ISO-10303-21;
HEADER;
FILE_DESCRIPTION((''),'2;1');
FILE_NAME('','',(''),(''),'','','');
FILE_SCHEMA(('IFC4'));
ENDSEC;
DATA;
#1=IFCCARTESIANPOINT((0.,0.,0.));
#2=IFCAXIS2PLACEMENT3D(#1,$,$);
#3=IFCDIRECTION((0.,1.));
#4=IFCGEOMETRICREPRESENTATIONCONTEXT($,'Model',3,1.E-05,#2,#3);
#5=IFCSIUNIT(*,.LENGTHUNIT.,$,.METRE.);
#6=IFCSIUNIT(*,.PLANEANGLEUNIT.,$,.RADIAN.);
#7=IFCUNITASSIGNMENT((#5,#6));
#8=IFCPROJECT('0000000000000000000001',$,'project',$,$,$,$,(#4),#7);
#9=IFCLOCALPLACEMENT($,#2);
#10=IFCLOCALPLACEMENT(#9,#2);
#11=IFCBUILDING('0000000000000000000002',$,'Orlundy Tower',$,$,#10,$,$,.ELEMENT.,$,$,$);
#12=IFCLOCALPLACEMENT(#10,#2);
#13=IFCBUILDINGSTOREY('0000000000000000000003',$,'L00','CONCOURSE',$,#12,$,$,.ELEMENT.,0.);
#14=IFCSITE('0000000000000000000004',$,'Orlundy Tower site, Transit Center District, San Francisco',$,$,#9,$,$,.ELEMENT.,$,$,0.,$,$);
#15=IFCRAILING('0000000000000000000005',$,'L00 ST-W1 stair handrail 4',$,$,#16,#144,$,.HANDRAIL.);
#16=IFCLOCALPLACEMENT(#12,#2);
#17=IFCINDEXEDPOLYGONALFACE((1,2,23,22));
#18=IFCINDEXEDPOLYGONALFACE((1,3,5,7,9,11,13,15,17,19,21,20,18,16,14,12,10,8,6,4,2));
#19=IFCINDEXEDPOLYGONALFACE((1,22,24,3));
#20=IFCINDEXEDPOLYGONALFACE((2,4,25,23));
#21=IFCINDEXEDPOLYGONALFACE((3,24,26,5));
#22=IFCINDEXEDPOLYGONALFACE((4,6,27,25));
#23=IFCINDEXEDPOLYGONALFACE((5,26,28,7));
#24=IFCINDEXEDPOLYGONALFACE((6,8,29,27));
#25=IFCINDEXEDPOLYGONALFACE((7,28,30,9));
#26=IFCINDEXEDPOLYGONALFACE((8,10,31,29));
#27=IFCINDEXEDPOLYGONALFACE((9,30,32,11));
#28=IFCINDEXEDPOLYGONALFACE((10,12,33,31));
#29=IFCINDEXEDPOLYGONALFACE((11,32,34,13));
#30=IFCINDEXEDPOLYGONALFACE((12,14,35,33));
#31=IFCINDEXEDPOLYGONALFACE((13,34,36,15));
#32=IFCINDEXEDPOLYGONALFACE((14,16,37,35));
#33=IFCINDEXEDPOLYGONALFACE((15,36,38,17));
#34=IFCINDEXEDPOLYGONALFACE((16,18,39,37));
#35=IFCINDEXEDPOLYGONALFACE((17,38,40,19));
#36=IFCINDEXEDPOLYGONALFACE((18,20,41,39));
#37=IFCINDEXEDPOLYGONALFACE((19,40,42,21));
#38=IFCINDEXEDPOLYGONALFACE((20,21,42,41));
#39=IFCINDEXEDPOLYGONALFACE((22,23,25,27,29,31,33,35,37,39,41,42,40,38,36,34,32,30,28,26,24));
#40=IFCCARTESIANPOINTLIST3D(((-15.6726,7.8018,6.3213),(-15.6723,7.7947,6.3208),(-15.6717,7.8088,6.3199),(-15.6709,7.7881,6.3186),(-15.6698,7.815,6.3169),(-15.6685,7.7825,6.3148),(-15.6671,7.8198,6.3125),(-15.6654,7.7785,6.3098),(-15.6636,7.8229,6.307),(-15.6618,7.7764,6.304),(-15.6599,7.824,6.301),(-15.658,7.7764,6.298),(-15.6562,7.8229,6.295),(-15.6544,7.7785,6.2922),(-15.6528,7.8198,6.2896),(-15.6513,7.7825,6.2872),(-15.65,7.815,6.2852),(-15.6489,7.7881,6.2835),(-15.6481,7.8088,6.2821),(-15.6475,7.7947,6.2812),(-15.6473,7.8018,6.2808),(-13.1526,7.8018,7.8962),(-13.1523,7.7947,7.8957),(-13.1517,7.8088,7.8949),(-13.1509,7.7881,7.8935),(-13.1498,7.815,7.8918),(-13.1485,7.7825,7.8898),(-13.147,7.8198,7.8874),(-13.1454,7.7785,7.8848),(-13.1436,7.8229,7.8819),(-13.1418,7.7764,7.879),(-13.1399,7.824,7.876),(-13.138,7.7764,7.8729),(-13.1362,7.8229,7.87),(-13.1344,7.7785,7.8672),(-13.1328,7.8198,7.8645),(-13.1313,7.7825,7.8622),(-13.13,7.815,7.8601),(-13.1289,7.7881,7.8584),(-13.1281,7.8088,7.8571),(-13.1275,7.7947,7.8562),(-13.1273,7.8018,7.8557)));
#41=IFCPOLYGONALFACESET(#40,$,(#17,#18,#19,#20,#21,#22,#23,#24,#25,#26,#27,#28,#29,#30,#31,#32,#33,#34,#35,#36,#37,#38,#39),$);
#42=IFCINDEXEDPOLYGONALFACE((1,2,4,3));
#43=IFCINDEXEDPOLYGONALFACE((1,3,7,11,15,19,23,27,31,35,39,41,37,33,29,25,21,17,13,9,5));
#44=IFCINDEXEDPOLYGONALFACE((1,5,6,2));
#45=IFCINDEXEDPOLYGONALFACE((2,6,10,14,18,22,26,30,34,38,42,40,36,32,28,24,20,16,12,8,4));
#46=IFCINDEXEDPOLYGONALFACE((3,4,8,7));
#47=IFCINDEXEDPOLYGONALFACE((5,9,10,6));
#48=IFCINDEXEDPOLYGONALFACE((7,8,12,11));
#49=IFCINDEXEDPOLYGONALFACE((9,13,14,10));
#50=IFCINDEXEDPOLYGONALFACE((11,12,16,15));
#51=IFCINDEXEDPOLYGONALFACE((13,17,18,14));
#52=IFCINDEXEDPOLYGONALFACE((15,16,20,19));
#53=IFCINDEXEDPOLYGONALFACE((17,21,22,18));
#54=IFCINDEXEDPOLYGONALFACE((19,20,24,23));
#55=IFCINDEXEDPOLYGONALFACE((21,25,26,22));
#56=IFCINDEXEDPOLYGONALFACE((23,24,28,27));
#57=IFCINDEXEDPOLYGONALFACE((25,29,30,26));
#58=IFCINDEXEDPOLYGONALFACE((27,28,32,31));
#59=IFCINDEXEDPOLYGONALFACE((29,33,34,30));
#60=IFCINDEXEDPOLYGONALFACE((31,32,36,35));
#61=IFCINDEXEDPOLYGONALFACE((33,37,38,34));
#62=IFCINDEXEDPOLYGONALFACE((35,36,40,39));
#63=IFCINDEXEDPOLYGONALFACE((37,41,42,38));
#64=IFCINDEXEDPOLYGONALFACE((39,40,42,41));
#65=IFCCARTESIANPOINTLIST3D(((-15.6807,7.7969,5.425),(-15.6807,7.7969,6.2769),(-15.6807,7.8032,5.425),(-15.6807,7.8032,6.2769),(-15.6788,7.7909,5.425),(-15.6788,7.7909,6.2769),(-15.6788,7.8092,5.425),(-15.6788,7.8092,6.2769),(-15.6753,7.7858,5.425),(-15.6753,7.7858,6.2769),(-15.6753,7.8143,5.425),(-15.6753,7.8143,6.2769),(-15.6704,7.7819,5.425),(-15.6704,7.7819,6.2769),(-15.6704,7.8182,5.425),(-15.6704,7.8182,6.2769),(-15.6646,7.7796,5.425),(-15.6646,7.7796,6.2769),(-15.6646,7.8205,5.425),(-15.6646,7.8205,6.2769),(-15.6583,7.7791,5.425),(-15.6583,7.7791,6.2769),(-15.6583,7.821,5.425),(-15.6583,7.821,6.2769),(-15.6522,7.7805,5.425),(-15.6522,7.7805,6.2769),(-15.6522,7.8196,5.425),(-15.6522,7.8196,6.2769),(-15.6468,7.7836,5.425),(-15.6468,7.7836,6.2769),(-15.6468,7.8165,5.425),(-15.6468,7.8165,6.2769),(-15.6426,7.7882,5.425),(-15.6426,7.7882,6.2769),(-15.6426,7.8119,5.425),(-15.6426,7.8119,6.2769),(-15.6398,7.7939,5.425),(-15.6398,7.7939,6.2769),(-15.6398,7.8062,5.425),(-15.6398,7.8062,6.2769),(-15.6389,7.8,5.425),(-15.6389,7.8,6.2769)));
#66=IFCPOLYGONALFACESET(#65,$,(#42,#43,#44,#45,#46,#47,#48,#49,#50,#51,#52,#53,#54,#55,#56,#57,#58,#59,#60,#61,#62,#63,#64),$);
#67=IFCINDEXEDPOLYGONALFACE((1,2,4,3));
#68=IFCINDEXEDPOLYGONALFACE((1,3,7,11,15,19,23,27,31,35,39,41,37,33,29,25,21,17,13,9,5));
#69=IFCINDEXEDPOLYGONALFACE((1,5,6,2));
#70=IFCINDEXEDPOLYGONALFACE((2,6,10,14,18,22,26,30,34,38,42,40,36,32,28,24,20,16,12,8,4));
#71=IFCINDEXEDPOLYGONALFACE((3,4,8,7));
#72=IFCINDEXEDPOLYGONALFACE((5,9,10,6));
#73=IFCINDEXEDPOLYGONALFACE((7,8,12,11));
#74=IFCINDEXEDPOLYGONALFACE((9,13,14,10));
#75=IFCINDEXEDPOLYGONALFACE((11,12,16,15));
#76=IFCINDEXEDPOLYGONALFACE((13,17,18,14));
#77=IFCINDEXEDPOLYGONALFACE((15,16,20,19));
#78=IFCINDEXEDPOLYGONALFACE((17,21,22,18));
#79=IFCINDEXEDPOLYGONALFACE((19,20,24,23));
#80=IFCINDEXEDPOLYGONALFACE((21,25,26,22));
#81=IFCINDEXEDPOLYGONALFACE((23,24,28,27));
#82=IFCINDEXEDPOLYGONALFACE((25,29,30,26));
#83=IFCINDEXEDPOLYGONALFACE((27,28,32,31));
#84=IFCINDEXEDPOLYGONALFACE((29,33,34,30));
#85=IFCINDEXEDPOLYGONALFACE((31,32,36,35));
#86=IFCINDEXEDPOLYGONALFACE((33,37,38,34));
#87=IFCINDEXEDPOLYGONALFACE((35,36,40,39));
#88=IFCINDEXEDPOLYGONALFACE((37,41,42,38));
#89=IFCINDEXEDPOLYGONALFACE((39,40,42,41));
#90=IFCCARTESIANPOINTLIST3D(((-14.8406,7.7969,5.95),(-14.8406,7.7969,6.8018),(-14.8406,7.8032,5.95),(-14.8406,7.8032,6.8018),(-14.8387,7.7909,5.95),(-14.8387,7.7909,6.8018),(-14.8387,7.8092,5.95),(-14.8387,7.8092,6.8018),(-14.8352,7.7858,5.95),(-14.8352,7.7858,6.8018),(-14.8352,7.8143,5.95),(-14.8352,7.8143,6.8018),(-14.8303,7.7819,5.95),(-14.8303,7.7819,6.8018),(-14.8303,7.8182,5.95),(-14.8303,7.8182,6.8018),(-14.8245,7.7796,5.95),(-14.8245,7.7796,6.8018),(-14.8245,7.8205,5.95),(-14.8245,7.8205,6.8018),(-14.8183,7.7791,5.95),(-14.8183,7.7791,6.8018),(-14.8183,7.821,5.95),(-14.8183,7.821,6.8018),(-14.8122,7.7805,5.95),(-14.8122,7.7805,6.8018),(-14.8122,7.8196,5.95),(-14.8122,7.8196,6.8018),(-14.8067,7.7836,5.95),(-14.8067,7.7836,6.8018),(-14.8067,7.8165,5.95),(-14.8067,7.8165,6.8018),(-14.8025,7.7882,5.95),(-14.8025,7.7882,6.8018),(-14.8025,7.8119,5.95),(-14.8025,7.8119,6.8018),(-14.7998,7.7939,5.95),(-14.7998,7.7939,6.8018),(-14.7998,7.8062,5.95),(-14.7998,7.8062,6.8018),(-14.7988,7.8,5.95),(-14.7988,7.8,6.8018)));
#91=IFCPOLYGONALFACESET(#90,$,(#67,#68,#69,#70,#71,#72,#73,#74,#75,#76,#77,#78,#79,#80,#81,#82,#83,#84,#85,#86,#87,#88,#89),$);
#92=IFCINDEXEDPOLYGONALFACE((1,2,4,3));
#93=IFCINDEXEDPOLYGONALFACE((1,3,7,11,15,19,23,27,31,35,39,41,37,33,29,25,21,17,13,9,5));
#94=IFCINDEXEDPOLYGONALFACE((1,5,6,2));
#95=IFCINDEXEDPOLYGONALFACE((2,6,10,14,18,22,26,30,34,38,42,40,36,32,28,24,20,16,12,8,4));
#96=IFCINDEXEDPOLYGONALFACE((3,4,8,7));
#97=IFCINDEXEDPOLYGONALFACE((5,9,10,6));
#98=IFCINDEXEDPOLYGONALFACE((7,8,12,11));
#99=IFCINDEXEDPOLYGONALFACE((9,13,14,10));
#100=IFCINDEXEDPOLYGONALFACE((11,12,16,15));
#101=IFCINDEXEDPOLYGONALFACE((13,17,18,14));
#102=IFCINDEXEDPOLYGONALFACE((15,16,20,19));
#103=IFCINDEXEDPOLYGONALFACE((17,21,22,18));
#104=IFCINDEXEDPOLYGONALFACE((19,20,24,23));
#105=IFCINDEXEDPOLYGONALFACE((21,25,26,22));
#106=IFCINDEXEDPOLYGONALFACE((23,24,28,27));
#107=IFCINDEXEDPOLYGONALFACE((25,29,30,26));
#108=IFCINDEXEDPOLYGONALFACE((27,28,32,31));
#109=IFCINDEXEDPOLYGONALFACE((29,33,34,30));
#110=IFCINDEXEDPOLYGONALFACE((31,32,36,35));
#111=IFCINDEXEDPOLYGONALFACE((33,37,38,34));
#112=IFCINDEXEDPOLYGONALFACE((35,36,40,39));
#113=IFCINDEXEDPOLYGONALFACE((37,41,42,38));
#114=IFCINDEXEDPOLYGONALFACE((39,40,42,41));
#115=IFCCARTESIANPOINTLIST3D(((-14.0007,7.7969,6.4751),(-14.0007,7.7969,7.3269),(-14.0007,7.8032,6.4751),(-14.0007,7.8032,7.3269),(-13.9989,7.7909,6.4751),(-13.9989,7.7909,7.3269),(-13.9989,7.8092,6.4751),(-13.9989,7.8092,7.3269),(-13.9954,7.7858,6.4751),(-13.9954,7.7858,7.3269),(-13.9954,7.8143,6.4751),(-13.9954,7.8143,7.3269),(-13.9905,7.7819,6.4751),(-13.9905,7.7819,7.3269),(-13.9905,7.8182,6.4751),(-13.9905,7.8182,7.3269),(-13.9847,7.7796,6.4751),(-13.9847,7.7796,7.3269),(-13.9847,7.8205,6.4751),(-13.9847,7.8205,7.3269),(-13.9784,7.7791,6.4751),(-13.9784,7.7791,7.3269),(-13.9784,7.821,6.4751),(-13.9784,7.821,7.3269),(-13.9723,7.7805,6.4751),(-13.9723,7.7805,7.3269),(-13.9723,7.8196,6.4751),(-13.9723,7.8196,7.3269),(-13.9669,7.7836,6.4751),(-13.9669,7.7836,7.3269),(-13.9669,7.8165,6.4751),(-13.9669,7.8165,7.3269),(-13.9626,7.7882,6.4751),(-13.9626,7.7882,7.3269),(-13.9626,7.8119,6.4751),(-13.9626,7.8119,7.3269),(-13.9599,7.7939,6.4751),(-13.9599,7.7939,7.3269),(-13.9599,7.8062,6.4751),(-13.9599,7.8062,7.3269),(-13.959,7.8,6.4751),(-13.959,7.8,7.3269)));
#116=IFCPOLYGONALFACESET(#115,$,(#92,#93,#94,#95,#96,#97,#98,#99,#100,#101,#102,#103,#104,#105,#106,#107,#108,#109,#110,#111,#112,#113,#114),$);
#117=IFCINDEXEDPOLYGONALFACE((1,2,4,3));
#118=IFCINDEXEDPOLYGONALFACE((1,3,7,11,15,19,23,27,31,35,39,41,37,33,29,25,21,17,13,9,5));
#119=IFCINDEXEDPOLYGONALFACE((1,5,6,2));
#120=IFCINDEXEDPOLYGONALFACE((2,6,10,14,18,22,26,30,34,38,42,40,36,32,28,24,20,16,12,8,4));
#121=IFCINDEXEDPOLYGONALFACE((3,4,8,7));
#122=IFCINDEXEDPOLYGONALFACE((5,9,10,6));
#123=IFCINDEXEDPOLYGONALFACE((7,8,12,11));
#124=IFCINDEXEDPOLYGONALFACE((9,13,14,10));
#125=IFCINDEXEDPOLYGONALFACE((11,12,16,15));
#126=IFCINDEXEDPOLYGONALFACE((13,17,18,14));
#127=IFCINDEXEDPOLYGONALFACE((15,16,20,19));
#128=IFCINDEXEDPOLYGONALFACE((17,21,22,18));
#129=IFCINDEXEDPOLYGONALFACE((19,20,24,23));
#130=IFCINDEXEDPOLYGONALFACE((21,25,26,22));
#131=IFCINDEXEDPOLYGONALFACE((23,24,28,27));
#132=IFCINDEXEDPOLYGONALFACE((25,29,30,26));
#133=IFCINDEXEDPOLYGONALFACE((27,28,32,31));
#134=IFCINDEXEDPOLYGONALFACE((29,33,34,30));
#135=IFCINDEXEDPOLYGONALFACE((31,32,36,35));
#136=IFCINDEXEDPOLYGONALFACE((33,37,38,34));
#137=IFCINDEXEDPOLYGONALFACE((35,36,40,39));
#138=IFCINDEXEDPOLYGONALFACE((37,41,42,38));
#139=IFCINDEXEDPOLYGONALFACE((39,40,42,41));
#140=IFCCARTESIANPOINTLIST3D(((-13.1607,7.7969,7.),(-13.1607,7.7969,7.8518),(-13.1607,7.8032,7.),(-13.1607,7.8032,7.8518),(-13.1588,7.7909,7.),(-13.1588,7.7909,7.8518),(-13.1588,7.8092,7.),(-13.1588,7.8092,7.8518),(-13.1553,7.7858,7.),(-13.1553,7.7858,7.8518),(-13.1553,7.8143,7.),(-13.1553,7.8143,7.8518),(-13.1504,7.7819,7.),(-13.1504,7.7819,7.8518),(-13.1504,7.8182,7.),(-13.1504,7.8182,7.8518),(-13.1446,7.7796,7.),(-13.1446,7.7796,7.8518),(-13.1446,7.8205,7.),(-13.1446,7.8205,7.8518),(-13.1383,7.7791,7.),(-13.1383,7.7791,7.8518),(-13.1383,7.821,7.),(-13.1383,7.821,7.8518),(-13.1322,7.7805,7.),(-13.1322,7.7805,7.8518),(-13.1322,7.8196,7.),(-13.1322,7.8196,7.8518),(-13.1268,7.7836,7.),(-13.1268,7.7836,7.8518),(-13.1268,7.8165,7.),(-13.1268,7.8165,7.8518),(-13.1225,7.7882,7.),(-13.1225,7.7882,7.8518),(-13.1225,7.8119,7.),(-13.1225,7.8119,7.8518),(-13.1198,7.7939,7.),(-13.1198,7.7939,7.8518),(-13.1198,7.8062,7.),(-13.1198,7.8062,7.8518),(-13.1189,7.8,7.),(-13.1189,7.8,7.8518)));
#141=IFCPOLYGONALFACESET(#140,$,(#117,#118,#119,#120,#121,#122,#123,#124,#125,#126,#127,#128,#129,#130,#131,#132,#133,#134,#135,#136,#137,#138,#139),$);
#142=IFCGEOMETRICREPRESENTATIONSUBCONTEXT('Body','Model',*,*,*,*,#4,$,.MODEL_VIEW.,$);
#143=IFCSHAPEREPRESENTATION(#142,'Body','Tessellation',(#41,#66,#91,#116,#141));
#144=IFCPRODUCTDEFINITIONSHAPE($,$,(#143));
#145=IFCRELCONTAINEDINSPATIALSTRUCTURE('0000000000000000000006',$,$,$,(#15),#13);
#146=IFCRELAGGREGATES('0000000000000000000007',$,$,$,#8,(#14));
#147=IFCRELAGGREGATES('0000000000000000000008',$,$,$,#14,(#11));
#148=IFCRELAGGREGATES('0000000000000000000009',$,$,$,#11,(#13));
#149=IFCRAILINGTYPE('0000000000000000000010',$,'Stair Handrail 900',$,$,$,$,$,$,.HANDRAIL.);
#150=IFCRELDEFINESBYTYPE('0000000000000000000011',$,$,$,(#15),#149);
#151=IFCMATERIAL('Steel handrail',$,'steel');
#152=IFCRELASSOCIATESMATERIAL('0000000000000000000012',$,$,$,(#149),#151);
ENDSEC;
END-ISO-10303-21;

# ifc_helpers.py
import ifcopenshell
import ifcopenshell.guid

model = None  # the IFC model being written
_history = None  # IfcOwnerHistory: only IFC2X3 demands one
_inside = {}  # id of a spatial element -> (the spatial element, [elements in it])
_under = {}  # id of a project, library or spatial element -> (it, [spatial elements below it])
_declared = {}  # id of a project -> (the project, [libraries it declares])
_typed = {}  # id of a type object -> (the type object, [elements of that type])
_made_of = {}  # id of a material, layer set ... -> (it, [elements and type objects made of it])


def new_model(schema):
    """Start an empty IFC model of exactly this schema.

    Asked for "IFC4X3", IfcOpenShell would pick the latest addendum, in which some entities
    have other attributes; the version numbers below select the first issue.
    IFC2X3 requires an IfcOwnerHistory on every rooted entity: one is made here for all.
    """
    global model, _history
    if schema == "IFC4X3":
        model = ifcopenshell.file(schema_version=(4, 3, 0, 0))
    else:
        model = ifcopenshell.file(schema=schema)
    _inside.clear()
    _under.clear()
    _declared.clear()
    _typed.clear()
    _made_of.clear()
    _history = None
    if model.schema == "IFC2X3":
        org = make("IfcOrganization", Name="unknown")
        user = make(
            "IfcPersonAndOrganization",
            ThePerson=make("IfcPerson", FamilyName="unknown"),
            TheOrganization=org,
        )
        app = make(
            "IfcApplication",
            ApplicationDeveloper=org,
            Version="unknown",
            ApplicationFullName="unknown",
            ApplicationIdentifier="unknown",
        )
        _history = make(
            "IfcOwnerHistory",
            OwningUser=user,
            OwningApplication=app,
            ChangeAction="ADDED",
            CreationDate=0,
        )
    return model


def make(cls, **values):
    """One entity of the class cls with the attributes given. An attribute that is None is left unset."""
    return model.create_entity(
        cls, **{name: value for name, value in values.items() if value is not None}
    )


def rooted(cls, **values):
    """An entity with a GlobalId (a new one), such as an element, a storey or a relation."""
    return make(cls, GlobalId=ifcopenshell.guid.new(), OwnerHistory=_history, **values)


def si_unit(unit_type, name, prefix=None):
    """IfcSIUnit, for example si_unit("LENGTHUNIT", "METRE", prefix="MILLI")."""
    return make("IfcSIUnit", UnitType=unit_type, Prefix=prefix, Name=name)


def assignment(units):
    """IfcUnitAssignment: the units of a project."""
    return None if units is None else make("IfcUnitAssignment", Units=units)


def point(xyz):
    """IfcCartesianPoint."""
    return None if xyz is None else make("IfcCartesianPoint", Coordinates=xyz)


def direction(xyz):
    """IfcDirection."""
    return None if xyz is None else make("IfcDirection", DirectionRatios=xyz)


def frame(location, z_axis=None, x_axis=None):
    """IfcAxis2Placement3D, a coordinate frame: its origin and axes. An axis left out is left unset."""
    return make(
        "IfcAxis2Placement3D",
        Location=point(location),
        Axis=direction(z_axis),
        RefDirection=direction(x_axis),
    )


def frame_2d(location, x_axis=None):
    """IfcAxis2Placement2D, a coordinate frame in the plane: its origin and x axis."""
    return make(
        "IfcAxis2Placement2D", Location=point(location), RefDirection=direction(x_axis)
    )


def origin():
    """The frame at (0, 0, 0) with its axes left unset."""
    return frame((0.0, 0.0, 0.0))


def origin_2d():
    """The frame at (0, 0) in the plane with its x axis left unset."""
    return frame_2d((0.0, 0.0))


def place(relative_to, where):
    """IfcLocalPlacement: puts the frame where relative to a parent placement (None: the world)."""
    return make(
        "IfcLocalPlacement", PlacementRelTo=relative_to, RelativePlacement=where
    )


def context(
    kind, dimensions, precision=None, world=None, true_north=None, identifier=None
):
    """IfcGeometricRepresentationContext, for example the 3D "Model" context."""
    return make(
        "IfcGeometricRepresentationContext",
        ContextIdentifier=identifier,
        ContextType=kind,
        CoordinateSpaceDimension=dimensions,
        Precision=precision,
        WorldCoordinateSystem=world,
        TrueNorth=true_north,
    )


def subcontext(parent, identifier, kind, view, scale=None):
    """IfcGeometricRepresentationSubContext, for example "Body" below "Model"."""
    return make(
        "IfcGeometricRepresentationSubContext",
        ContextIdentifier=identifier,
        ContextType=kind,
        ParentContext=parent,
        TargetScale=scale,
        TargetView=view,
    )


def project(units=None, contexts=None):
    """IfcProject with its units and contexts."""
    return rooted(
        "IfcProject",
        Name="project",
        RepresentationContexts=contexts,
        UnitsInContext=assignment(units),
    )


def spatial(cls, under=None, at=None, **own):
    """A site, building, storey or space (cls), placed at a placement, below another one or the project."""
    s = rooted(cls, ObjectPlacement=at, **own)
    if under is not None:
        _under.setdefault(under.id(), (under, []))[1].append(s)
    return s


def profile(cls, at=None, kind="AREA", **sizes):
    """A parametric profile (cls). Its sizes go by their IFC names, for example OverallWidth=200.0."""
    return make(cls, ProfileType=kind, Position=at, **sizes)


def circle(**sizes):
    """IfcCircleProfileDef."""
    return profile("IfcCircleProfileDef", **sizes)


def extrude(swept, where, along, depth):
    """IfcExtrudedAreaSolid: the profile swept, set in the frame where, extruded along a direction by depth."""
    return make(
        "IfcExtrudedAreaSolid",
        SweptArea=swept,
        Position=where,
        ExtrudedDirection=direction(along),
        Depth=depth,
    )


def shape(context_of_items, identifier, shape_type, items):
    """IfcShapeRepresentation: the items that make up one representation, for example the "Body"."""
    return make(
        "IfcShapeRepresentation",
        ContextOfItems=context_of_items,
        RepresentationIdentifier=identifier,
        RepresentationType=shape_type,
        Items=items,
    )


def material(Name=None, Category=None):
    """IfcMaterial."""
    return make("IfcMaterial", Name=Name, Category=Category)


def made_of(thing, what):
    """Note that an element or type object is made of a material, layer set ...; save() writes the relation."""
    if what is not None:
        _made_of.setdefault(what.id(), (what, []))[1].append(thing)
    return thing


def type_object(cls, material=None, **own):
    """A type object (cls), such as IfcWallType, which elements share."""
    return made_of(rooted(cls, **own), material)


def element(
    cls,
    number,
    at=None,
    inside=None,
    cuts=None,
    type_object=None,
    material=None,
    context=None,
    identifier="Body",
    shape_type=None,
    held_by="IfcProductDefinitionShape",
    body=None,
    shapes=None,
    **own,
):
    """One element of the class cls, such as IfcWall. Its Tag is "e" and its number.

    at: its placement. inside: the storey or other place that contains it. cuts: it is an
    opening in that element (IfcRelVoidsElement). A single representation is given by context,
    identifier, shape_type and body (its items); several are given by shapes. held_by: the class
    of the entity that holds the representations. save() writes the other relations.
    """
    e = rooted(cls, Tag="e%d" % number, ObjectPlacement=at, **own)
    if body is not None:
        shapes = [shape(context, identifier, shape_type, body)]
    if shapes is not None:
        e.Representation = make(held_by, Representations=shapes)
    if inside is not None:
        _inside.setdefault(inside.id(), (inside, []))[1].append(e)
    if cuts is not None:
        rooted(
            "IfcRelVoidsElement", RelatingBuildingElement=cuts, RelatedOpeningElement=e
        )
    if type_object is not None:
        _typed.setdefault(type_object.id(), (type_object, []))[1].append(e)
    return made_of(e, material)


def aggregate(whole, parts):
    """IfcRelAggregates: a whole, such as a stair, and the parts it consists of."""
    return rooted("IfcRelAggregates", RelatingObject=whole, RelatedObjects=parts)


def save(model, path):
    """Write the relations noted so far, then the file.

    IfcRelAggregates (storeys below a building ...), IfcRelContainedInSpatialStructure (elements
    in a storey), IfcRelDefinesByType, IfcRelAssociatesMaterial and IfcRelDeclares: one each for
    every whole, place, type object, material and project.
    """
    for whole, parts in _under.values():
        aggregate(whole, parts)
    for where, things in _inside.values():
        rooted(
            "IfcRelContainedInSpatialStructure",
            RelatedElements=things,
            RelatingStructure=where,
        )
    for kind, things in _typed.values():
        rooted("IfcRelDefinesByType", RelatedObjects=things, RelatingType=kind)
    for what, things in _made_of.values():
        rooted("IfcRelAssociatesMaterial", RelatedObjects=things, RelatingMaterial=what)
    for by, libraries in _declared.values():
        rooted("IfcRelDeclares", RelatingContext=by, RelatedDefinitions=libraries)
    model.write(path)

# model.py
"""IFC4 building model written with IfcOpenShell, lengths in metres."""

from ifc_helpers import new_model, si_unit, direction, frame, origin, origin_2d, place, context, subcontext, project, spatial, circle, extrude, material, type_object, element, save


model = new_model("IFC4")

# Units and contexts
model_context = context("Model", 3, precision=1e-05, world=origin(), true_north=direction((0.0, 1.0)))
body_context = subcontext(model_context, "Body", "Model", "MODEL_VIEW")
ifc_project = project(units=[si_unit("LENGTHUNIT", "METRE"), si_unit("PLANEANGLEUNIT", "RADIAN")], contexts=[model_context])

# Site, building, storey
site_placement = place(None, origin())
site = spatial("IfcSite", under=ifc_project, at=site_placement, Name="Orlundy Tower site, Transit Center District, San Francisco", CompositionType="ELEMENT", RefElevation=0.0)
building_placement = place(site_placement, origin())
building = spatial("IfcBuilding", under=site, at=building_placement, Name="Orlundy Tower", CompositionType="ELEMENT")
storey_placement = place(building_placement, origin())
storey = spatial("IfcBuildingStorey", under=building, at=storey_placement, Name="L00", Description="CONCOURSE", CompositionType="ELEMENT", Elevation=0.0)

# Railing
ifc_material_1 = material(Name="Steel handrail", Category="steel")
railing_type = type_object("IfcRailingType", Name="Stair Handrail 900", PredefinedType="HANDRAIL", material=ifc_material_1)
for number, where, name in (
    (1, (-15.6599, 7.8, 5.425), "L00 ST-W1 stair handrail 4"),
):
    element("IfcRailing", number, at=place(storey_placement, frame(where)), inside=storey, type_object=railing_type, Name=name, PredefinedType="HANDRAIL", context=body_context, shape_type="SweptSolid", body=[
        extrude(circle(Radius=0.0239, at=origin_2d()), frame((0.0, 0.0, 0.876), z_axis=(0.848008, 0.0, 0.529984), x_axis=(0.0, 1.0, 0.0)), (0.0, 0.0, 1.0), 2.9717),
        extrude(circle(Radius=0.021, at=origin_2d()), origin(), (0.0, 0.0, 1.0), 0.8518),
        extrude(circle(Radius=0.021, at=origin_2d()), frame((0.8401, 0.0, 0.5249)), (0.0, 0.0, 1.0), 0.8518),
        extrude(circle(Radius=0.021, at=origin_2d()), frame((1.6799, 0.0, 1.05)), (0.0, 0.0, 1.0), 0.8518),
        extrude(circle(Radius=0.021, at=origin_2d()), frame((2.52, 0.0, 1.575)), (0.0, 0.0, 1.0), 0.8518),
    ])

save(model, "model.ifc")
